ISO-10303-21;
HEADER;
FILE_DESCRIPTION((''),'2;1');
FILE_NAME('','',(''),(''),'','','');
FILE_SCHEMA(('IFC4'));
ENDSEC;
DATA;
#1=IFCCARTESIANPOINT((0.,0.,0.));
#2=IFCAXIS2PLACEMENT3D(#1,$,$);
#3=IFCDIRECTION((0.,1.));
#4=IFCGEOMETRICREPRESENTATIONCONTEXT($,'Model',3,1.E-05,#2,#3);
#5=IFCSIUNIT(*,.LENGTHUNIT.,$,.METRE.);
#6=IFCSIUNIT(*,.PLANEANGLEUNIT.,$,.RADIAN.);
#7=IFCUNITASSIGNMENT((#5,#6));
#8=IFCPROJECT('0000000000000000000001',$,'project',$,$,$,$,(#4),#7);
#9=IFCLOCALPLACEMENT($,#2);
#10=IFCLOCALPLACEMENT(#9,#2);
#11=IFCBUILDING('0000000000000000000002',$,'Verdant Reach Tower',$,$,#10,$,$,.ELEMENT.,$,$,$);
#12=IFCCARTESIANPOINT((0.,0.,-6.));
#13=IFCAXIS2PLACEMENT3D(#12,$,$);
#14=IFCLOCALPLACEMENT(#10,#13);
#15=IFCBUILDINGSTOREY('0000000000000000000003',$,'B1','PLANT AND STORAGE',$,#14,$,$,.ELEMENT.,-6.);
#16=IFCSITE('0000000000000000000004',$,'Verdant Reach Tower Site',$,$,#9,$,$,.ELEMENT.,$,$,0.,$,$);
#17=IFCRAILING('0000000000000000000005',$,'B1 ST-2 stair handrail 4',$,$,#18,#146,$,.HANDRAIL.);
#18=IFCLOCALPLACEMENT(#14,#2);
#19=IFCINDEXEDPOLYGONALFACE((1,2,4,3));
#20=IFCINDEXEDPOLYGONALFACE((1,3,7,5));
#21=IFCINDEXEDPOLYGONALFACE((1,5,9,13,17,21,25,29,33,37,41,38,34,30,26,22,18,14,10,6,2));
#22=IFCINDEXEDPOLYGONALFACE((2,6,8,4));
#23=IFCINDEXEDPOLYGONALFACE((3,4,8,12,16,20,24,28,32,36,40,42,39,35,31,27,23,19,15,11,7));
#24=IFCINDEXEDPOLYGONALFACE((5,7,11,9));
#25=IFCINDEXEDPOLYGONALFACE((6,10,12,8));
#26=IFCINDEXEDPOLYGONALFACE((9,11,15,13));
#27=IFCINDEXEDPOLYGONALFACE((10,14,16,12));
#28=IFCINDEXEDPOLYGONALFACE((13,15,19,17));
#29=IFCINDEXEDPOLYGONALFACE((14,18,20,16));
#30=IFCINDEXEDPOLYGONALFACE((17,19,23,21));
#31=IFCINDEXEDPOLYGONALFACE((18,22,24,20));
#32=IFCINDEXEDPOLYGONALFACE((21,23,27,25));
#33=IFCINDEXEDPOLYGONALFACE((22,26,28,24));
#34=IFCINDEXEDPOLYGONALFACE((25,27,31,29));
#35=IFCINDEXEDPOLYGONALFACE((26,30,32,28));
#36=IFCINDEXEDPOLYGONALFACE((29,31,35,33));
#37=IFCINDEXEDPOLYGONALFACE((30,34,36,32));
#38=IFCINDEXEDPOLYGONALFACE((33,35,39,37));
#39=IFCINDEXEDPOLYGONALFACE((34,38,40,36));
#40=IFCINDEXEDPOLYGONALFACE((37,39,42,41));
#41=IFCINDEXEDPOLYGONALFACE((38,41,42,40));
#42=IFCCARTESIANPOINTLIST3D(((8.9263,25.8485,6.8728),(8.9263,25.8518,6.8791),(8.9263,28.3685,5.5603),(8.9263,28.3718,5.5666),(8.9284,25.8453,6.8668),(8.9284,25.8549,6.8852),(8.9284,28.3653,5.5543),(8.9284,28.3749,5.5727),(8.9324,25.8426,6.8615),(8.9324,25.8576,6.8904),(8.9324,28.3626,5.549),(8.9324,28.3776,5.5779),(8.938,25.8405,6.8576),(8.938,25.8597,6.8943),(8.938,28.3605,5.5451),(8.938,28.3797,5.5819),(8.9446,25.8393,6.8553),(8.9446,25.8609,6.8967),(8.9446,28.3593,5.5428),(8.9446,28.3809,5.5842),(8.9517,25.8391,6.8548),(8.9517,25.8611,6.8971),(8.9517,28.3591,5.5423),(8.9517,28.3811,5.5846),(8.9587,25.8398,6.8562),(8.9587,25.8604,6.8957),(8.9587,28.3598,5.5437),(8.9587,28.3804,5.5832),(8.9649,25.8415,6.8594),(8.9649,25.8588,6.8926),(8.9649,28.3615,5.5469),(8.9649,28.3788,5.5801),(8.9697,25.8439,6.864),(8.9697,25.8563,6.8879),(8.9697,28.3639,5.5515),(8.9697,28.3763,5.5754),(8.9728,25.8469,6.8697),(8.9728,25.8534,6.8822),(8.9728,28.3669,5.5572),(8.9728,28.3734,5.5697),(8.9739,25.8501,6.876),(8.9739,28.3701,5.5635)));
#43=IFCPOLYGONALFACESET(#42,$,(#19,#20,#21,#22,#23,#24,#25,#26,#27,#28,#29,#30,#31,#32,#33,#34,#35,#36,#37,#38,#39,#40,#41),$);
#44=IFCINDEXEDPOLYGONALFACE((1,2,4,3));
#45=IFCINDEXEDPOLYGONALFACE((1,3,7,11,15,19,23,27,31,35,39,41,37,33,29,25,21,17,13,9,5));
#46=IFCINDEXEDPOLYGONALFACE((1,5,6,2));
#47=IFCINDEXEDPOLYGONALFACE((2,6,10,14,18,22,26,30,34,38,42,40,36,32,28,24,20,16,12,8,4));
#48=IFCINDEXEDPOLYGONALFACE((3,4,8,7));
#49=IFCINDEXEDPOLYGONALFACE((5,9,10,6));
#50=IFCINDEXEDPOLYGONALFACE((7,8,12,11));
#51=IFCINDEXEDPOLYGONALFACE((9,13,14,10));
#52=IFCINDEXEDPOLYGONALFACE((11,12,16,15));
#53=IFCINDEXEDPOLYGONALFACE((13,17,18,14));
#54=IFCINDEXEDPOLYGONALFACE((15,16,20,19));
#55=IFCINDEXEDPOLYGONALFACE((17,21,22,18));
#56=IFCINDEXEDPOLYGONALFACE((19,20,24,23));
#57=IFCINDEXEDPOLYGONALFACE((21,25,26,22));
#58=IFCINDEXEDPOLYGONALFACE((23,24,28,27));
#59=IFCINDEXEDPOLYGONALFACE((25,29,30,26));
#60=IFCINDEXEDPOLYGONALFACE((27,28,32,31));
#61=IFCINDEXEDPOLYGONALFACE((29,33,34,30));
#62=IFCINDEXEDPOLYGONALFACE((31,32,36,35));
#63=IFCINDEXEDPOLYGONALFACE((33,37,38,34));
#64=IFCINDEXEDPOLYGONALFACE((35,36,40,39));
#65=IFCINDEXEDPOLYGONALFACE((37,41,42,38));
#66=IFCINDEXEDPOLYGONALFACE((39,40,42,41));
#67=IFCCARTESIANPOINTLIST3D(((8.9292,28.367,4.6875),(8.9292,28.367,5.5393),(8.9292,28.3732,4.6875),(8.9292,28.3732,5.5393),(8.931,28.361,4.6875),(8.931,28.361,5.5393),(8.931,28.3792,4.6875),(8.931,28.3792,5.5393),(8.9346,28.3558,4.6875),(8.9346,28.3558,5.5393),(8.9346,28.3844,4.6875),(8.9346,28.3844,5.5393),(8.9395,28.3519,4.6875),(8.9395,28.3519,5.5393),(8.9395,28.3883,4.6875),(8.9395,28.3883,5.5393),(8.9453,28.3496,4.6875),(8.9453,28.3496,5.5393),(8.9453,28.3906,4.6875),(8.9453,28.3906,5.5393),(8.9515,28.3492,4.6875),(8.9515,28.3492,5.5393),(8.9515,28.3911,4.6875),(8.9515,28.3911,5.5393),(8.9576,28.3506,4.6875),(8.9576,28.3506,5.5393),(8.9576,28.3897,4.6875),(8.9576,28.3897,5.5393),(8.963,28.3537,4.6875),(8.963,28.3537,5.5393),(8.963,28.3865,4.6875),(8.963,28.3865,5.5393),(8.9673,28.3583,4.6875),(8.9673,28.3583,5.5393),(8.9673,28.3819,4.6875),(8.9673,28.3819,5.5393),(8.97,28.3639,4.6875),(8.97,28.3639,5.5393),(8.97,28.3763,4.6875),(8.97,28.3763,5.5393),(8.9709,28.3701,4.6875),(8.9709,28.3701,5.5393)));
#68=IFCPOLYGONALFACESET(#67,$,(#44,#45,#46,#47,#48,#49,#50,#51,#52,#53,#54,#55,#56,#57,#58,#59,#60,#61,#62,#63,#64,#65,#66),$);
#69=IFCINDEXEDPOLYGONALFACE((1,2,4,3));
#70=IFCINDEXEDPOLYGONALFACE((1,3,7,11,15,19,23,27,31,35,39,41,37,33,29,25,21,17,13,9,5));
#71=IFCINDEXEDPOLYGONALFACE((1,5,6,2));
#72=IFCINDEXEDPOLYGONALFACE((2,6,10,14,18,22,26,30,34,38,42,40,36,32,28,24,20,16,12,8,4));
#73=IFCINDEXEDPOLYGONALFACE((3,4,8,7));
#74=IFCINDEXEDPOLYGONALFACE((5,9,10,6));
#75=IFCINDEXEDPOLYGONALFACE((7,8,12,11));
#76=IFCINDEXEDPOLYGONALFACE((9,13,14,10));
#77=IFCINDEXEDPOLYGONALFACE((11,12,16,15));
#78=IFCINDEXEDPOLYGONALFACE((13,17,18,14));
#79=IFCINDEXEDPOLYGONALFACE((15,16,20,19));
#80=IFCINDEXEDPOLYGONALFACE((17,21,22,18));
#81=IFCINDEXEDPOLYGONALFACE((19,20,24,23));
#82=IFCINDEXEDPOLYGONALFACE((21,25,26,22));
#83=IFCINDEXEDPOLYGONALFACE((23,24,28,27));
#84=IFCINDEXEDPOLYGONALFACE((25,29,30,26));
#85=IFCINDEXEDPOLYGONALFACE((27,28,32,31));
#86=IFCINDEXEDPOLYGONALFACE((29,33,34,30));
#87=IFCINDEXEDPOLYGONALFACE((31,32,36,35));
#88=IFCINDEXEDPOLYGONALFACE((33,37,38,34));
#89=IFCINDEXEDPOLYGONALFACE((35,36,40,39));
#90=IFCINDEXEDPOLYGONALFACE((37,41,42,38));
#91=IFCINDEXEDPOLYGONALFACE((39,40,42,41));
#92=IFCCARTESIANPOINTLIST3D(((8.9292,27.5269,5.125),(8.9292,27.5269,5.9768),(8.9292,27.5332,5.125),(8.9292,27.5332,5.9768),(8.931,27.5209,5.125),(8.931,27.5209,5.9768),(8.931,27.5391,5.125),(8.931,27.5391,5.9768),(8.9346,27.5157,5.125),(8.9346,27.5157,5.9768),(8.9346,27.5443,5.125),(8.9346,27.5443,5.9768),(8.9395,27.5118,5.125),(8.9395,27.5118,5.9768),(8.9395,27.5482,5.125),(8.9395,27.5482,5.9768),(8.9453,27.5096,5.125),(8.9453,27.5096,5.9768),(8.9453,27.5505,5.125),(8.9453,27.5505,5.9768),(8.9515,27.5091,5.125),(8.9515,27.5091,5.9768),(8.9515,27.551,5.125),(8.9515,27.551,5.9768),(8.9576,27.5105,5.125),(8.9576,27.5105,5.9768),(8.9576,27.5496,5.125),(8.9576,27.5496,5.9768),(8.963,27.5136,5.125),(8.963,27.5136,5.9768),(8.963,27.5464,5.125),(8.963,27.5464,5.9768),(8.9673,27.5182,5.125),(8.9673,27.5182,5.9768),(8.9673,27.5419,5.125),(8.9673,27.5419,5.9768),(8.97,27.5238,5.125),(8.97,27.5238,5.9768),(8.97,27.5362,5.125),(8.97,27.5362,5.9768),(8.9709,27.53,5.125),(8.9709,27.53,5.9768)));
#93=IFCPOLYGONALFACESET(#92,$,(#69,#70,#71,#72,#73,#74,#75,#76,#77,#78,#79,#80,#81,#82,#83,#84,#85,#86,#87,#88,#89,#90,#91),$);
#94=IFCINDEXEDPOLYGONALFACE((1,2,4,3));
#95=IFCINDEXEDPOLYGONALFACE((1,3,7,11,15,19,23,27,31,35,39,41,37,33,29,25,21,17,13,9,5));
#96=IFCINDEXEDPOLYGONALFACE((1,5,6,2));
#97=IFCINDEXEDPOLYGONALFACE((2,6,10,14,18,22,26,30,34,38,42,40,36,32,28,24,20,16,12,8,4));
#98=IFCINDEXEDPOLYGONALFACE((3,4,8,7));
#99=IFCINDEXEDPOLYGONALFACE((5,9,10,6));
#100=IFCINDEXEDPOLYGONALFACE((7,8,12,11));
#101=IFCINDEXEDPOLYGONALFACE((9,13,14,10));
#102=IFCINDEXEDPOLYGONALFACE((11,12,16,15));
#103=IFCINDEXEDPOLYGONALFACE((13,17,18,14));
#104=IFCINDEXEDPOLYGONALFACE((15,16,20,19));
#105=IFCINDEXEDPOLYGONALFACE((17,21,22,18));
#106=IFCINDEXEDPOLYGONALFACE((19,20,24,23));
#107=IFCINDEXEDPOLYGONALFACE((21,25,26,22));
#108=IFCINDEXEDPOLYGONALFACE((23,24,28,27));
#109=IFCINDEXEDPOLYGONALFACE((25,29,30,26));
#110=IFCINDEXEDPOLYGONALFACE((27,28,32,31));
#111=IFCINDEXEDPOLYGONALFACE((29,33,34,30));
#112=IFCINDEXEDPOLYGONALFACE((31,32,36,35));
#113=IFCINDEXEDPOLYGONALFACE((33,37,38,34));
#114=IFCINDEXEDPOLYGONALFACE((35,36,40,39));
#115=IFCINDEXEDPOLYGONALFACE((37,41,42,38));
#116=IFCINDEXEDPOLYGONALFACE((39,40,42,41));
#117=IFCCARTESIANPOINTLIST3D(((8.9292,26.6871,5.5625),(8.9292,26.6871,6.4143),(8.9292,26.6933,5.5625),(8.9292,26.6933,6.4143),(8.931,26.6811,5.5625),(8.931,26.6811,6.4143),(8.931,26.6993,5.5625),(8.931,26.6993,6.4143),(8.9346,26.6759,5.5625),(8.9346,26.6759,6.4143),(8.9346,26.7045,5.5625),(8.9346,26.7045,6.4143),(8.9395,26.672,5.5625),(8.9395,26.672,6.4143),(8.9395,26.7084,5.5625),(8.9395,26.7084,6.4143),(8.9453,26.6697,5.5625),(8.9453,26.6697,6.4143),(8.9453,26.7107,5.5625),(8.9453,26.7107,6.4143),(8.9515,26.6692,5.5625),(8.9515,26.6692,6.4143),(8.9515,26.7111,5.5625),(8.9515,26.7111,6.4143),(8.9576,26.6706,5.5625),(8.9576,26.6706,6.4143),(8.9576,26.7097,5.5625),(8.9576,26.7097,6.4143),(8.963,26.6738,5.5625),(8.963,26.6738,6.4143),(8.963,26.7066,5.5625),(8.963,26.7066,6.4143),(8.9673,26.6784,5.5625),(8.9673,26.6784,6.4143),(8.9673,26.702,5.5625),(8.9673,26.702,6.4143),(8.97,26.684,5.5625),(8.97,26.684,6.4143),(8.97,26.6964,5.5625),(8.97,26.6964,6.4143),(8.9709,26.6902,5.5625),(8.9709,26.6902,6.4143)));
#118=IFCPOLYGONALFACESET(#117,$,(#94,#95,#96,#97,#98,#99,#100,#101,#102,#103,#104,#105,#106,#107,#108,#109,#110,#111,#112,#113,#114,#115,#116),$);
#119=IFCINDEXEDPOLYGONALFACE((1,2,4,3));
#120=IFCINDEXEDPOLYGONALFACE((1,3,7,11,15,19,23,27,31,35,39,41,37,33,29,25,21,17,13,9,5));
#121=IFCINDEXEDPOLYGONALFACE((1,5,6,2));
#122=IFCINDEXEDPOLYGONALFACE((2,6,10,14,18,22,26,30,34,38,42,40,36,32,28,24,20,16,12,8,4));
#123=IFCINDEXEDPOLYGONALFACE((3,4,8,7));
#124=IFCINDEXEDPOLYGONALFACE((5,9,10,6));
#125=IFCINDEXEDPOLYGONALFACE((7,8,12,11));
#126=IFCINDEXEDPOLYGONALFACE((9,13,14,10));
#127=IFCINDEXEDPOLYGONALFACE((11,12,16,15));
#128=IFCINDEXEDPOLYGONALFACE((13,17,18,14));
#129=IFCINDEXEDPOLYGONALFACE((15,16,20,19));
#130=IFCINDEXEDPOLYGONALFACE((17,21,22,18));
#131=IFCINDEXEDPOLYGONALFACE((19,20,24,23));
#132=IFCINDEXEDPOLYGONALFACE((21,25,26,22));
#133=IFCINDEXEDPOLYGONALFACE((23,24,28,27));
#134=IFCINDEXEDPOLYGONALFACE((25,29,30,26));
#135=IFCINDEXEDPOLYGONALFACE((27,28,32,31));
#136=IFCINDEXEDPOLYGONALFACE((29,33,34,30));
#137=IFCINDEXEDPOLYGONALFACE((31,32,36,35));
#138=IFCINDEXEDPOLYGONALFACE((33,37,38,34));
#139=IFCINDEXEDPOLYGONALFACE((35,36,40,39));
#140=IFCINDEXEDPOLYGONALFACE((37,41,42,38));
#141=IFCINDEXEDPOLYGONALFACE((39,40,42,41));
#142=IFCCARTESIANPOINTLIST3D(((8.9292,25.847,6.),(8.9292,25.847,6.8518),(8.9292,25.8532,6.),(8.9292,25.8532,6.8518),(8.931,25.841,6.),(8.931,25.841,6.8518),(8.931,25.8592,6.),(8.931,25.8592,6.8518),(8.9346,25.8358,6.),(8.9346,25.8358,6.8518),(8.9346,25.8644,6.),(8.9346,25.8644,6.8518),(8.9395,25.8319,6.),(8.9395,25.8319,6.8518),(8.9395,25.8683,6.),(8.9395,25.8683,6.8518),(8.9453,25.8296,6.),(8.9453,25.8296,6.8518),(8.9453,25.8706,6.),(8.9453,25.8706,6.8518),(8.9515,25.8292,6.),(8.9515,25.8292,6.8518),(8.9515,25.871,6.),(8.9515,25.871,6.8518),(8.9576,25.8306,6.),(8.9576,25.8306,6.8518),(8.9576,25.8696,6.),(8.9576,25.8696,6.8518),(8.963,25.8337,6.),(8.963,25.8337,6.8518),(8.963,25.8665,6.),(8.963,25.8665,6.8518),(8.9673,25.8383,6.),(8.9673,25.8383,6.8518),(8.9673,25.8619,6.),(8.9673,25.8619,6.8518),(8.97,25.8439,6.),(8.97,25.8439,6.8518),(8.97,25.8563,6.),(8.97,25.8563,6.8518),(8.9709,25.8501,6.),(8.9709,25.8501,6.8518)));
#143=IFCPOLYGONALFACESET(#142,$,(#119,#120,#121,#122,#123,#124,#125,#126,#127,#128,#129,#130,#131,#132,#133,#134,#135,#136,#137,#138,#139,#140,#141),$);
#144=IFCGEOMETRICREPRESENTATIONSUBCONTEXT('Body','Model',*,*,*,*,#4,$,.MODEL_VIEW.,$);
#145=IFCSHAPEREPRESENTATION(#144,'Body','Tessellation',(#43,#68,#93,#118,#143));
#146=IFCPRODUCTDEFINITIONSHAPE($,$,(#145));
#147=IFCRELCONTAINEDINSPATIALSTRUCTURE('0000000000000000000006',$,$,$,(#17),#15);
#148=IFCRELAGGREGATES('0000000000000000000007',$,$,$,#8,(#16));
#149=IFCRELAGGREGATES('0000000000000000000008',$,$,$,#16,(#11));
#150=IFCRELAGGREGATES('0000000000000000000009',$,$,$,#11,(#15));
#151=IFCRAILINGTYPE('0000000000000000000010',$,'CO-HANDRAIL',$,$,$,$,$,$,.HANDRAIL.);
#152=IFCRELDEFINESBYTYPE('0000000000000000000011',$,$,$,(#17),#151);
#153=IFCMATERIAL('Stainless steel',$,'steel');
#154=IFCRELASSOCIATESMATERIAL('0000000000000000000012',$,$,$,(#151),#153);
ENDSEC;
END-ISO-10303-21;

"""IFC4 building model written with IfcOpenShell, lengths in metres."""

from ifc_helpers import new_model, si_unit, direction, frame, origin, origin_2d, place, context, subcontext, project, spatial, circle, extrude, material, type_object, element, save


model = new_model("IFC4")

# Units and contexts
model_context = context("Model", 3, precision=1e-05, world=origin(), true_north=direction((0.0, 1.0)))
body_context = subcontext(model_context, "Body", "Model", "MODEL_VIEW")
ifc_project = project(units=[si_unit("LENGTHUNIT", "METRE"), si_unit("PLANEANGLEUNIT", "RADIAN")], contexts=[model_context])

# Site, building, storey
site_placement = place(None, origin())
site = spatial("IfcSite", under=ifc_project, at=site_placement, Name="Verdant Reach Tower Site", CompositionType="ELEMENT", RefElevation=0.0)
building_placement = place(site_placement, origin())
building = spatial("IfcBuilding", under=site, at=building_placement, Name="Verdant Reach Tower", CompositionType="ELEMENT")
storey_placement = place(building_placement, frame((0.0, 0.0, -6.0)))
storey = spatial("IfcBuildingStorey", under=building, at=storey_placement, Name="B1", Description="PLANT AND STORAGE", CompositionType="ELEMENT", Elevation=-6.0)

# Railing
ifc_material_1 = material(Name="Stainless steel", Category="steel")
railing_type_1 = type_object("IfcRailingType", Name="CO-HANDRAIL", PredefinedType="HANDRAIL", material=ifc_material_1)
for number, where, name in (
    (1, (8.95, 28.3701, 4.6875), "B1 ST-2 stair handrail 4"),
):
    element("IfcRailing", number, at=place(storey_placement, frame(where)), inside=storey, type_object=railing_type_1, Name=name, PredefinedType="HANDRAIL", context=body_context, shape_type="SweptSolid", body=[
        extrude(circle(Radius=0.0239, at=origin_2d()), frame((0.0, 0.0, 0.876), z_axis=(0.0, -0.886916, 0.461932), x_axis=(1.0, 0.0, 0.0)), (0.0, 0.0, 1.0), 2.8413),
        extrude(circle(Radius=0.021, at=origin_2d()), origin(), (0.0, 0.0, 1.0), 0.8518),
        extrude(circle(Radius=0.021, at=origin_2d()), frame((0.0, -0.8401, 0.4375)), (0.0, 0.0, 1.0), 0.8518),
        extrude(circle(Radius=0.021, at=origin_2d()), frame((0.0, -1.6799, 0.875)), (0.0, 0.0, 1.0), 0.8518),
        extrude(circle(Radius=0.021, at=origin_2d()), frame((0.0, -2.52, 1.3125)), (0.0, 0.0, 1.0), 0.8518),
    ])

save(model, "model.ifc")
